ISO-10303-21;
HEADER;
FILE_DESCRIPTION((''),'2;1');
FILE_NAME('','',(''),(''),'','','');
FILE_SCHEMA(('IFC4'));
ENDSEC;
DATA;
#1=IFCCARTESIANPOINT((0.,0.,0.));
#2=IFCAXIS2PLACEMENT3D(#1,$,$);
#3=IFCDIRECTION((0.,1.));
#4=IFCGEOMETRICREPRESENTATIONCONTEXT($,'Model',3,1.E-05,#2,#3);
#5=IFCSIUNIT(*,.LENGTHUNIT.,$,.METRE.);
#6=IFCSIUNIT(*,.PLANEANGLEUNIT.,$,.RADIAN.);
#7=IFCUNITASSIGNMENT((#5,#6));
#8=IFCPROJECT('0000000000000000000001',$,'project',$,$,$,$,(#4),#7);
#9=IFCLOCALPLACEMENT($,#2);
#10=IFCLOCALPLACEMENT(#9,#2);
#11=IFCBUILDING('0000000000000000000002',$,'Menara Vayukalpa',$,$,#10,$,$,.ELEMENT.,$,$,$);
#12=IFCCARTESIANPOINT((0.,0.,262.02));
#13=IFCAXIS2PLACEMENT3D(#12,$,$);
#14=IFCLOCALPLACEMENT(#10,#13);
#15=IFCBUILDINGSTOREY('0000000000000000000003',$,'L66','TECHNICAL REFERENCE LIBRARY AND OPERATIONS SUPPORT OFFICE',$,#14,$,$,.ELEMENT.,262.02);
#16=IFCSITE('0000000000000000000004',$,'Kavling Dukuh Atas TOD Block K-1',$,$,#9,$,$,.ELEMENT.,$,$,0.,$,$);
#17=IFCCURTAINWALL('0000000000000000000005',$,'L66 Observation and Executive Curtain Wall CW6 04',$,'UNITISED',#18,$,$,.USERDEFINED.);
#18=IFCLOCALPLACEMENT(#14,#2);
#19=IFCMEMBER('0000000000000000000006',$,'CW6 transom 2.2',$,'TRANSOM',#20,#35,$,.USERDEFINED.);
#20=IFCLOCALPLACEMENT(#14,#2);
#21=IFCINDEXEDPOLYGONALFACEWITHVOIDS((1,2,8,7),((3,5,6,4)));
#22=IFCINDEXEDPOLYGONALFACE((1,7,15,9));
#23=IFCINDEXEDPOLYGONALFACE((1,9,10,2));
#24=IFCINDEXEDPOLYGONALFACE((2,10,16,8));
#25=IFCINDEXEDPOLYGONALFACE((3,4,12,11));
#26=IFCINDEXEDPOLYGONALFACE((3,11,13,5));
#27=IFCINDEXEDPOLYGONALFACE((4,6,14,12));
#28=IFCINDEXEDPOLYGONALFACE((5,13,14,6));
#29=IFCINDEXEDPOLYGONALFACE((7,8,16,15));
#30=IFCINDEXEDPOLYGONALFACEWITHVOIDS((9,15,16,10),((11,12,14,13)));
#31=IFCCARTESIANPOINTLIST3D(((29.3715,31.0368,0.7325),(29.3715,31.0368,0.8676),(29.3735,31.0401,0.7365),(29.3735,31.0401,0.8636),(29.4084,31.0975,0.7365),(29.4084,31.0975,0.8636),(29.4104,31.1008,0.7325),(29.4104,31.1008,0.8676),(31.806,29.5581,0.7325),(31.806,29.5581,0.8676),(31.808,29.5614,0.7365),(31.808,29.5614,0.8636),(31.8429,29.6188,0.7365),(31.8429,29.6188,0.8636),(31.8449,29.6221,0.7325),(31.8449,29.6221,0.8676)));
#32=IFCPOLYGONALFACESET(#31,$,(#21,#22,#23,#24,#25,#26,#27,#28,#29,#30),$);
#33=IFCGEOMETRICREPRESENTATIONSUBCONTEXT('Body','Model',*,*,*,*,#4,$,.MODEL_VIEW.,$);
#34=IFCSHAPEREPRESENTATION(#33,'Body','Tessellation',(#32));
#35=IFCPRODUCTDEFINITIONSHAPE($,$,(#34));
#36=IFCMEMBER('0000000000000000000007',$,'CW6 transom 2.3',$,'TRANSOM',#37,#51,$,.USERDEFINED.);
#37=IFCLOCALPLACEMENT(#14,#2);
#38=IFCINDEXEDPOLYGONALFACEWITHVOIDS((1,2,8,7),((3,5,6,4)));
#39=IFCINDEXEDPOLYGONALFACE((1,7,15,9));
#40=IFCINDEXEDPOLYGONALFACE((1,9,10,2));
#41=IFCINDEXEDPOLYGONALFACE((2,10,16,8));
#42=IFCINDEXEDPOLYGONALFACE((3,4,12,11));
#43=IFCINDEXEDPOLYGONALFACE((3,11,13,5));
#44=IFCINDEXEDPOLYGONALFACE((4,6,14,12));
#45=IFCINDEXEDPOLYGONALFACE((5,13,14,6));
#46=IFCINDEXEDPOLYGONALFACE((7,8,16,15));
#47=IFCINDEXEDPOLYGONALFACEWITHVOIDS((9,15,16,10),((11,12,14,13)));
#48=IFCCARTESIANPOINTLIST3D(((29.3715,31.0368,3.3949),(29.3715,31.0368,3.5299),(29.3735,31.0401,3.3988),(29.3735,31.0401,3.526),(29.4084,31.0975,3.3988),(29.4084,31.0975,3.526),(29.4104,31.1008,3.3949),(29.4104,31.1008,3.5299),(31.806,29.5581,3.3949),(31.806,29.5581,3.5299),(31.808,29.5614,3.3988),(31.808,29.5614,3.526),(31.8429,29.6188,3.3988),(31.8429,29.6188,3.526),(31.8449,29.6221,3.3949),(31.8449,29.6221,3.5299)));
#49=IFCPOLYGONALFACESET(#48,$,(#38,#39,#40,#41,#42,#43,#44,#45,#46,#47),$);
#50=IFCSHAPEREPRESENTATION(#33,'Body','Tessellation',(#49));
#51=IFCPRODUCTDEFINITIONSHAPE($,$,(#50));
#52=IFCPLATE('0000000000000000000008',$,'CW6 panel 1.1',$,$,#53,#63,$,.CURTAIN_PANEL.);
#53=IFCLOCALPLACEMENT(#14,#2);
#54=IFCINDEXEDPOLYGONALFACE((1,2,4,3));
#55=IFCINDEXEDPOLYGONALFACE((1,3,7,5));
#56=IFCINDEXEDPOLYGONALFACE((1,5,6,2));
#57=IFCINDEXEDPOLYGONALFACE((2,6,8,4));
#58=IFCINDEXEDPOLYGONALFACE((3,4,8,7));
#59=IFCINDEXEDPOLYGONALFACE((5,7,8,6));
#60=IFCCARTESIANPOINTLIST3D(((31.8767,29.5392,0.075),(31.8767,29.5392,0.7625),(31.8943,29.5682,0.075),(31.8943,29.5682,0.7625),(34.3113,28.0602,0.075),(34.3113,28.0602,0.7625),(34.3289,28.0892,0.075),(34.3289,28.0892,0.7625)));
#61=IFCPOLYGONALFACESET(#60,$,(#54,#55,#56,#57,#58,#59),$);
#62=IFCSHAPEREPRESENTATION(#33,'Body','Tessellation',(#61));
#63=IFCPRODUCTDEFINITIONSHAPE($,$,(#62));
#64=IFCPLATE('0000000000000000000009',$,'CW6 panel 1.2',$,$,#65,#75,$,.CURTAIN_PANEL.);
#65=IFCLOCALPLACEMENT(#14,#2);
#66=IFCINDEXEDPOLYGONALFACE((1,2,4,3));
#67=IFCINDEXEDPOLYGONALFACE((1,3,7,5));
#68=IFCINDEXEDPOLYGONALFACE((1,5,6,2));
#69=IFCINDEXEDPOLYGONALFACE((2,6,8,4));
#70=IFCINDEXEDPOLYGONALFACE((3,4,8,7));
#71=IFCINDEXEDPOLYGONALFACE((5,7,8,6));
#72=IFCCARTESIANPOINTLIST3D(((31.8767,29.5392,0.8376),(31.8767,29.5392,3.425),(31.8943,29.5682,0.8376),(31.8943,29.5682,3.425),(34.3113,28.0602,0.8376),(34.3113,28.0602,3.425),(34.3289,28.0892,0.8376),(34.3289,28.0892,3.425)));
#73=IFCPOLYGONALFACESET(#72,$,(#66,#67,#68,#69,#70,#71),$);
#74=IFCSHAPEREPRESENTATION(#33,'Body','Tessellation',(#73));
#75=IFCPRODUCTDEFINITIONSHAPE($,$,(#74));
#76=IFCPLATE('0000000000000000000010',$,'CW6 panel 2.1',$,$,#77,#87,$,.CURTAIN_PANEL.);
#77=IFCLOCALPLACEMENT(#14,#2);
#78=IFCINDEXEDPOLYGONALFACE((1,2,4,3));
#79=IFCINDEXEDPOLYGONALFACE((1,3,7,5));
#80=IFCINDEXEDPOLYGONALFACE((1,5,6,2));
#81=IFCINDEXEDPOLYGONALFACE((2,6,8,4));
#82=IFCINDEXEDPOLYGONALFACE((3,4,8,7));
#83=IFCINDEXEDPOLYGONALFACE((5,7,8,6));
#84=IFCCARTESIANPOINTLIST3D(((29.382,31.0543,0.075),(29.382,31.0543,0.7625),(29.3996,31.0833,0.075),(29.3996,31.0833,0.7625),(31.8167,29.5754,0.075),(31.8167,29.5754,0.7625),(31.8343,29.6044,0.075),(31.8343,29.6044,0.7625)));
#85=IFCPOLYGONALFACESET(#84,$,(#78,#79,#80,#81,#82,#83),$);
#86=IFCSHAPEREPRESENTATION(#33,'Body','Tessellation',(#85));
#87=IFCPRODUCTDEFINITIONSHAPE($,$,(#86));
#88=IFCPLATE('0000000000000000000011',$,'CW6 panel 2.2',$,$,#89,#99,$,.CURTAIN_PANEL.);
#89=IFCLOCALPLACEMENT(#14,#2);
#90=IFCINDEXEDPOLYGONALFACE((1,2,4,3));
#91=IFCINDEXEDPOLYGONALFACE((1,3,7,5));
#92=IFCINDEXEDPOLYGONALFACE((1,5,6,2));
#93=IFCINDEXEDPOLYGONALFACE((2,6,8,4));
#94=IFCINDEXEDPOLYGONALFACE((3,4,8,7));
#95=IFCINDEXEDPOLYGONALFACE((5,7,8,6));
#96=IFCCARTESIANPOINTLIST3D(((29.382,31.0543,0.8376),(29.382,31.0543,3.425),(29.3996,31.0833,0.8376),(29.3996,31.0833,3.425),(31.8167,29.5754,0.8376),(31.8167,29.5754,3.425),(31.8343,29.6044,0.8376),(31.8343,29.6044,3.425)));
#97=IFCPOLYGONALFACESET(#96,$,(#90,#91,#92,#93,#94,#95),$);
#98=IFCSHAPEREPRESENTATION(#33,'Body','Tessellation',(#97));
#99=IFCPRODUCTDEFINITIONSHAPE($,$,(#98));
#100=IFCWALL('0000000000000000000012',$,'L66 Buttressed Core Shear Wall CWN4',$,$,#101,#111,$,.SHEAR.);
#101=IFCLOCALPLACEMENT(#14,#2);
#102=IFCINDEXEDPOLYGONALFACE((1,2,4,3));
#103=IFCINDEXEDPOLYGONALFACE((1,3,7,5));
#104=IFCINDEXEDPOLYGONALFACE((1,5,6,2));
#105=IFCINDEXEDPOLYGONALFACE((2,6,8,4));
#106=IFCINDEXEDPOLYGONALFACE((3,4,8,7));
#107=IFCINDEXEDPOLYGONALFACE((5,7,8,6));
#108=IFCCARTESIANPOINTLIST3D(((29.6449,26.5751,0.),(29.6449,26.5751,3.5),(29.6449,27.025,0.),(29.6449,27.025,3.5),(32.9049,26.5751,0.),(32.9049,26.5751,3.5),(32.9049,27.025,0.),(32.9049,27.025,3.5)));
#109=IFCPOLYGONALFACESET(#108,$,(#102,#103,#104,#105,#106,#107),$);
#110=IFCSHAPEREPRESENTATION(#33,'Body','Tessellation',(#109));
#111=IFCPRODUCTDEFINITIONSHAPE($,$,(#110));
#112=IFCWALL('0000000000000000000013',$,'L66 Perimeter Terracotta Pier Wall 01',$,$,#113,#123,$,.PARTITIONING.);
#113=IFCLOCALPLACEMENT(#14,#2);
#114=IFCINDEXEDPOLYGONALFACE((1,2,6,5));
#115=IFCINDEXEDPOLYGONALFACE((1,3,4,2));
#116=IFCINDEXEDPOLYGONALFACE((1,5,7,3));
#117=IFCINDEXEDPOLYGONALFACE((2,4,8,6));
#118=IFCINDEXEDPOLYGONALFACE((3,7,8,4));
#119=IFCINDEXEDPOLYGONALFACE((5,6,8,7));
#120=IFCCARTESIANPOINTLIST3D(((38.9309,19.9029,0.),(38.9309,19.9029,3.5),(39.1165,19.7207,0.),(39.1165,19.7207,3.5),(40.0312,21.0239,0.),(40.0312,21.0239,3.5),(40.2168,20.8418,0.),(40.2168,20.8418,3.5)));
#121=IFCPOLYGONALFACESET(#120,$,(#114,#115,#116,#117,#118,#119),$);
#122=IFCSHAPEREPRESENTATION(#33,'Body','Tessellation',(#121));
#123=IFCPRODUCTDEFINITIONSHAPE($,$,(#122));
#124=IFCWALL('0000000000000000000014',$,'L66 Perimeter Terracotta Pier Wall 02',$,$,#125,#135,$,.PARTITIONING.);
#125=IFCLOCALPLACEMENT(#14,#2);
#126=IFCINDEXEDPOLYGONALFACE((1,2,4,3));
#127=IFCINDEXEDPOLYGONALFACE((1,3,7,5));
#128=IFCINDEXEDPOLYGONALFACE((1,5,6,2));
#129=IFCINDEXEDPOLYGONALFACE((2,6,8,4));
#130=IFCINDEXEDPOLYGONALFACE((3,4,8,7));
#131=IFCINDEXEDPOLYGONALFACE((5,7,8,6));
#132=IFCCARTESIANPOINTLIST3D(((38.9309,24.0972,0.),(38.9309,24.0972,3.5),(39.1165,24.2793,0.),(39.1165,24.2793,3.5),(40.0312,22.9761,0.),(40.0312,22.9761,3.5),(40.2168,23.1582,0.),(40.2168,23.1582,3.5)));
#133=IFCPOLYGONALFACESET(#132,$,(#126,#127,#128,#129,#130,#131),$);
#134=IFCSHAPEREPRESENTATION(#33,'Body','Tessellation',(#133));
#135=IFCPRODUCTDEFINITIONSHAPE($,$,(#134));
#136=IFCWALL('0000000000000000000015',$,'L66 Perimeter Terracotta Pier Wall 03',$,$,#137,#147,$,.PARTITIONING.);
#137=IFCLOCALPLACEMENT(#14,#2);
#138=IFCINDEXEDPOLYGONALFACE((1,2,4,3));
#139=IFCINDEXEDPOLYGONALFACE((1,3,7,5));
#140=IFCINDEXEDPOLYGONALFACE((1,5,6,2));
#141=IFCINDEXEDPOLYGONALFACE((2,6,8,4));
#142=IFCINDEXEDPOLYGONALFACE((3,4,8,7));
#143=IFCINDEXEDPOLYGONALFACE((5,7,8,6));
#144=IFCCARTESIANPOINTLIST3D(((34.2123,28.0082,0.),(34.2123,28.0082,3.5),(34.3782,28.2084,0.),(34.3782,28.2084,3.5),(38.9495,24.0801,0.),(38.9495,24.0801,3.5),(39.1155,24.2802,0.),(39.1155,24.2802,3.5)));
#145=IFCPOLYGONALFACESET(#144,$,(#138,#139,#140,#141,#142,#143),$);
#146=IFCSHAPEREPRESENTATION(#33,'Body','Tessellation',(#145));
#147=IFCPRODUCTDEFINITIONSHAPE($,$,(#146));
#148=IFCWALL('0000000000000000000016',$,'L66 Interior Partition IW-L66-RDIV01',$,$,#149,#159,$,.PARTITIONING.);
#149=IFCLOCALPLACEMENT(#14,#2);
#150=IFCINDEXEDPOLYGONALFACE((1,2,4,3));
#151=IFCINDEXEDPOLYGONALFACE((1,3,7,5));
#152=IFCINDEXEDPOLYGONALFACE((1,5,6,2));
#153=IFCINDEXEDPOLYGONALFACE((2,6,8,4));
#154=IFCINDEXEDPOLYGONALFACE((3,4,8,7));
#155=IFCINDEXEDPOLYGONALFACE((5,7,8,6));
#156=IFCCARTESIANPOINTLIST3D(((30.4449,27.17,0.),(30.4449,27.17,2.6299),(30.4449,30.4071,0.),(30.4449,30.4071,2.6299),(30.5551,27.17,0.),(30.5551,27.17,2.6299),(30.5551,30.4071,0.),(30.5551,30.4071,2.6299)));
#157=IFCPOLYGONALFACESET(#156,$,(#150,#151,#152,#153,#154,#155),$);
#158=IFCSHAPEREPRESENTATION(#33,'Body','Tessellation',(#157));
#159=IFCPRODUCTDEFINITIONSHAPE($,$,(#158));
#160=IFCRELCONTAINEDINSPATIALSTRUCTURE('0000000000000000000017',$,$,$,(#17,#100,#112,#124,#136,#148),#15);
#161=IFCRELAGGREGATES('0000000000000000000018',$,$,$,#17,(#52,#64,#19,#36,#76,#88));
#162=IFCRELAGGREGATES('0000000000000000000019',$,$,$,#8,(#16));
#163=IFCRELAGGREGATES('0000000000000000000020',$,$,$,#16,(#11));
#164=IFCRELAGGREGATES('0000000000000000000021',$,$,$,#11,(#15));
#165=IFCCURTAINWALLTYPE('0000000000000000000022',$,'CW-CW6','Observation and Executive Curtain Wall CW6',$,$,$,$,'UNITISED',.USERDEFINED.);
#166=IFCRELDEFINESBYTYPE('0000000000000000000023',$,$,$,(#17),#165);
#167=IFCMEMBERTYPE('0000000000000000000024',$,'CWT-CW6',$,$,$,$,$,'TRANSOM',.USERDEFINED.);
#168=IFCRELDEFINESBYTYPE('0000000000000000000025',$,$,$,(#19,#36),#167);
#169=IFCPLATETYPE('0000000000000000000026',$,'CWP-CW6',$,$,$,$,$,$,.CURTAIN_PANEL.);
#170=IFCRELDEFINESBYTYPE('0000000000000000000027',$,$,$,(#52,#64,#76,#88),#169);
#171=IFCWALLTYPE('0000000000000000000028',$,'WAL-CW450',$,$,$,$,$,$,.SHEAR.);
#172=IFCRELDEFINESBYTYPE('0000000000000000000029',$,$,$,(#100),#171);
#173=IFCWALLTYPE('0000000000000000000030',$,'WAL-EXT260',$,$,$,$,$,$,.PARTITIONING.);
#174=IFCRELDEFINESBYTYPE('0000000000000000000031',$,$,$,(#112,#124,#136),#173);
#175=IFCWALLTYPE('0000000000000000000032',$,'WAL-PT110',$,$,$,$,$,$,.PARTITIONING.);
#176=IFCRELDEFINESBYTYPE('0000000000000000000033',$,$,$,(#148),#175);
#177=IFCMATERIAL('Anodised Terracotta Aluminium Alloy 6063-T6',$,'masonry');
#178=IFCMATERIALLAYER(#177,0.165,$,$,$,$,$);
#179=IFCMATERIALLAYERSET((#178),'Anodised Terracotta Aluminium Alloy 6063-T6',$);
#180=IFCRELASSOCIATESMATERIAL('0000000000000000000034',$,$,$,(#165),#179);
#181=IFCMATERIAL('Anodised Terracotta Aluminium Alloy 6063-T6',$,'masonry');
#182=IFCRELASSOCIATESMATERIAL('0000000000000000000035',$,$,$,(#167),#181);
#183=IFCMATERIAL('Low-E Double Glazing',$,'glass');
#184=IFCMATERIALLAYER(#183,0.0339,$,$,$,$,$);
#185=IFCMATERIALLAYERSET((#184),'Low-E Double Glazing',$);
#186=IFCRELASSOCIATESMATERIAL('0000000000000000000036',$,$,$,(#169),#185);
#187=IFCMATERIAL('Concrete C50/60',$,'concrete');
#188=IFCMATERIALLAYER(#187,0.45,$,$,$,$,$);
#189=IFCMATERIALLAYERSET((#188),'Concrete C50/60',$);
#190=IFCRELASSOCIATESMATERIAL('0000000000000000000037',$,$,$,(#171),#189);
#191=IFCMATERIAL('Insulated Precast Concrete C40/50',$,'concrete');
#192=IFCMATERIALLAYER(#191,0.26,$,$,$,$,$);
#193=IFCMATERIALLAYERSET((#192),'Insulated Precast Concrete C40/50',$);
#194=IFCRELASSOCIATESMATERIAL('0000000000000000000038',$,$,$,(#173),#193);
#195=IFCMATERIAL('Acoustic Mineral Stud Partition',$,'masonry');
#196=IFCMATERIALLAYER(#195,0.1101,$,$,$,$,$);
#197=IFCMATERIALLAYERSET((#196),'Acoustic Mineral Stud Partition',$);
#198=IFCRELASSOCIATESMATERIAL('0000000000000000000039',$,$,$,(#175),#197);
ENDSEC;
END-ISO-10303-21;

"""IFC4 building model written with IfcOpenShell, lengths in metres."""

from ifc_helpers import new_model, si_unit, direction, frame, frame_2d, origin, origin_2d, place, context, subcontext, project, spatial, rectangle, hollow_rectangle, extrude, material, layer, layer_set, material_profile, profile_set, type_object, element, aggregate, save


model = new_model("IFC4")

# Units and contexts
model_context = context("Model", 3, precision=1e-05, world=origin(), true_north=direction((0.0, 1.0)))
body_context = subcontext(model_context, "Body", "Model", "MODEL_VIEW")
ifc_project = project(units=[si_unit("LENGTHUNIT", "METRE"), si_unit("PLANEANGLEUNIT", "RADIAN")], contexts=[model_context])

# Site, building, storey
site_placement = place(None, origin())
site = spatial("IfcSite", under=ifc_project, at=site_placement, Name="Kavling Dukuh Atas TOD Block K-1", CompositionType="ELEMENT", RefElevation=0.0)
building_placement = place(site_placement, origin())
building = spatial("IfcBuilding", under=site, at=building_placement, Name="Menara Vayukalpa", CompositionType="ELEMENT")
storey_placement = place(building_placement, frame((0.0, 0.0, 262.02)))
storey = spatial("IfcBuildingStorey", under=building, at=storey_placement, Name="L66", Description="TECHNICAL REFERENCE LIBRARY AND OPERATIONS SUPPORT OFFICE", CompositionType="ELEMENT", Elevation=262.02)

# Curtain wall, members, plates
ifc_material_1 = material(Name="Anodised Terracotta Aluminium Alloy 6063-T6", Category="masonry")
ifc_layer_1 = layer(ifc_material_1, 0.165)
ifc_layer_set_1 = layer_set([ifc_layer_1], Name="Anodised Terracotta Aluminium Alloy 6063-T6")
curtain_wall_type = type_object("IfcCurtainWallType", Name="CW-CW6", Description="Observation and Executive Curtain Wall CW6", ElementType="UNITISED", PredefinedType="USERDEFINED", material=ifc_layer_set_1)
curtain_wall_placement = place(storey_placement, origin())
curtain_wall = element("IfcCurtainWall", 1, at=curtain_wall_placement, inside=storey, type_object=curtain_wall_type, Name="L66 Observation and Executive Curtain Wall CW6 04", ObjectType="UNITISED", PredefinedType="USERDEFINED")
ifc_material_2 = material(Name="Anodised Terracotta Aluminium Alloy 6063-T6", Category="masonry")
ifc_material_profile_1 = material_profile(ifc_material_2, hollow_rectangle(XDim=0.075, YDim=0.135, WallThickness=0.0039, at=origin_2d()), Name="ALU 75x135x4")
ifc_profile_set_1 = profile_set([ifc_material_profile_1], Name="Anodised Terracotta Aluminium Alloy 6063-T6")
member_type_1 = type_object("IfcMemberType", Name="CWT-CW6", ElementType="TRANSOM", PredefinedType="USERDEFINED", material=ifc_profile_set_1)
member_1_placement = place(storey_placement, frame((31.8254, 29.5901, 0.8), z_axis=(-0.85469, 0.519139, 0.0), x_axis=(-0.519139, -0.85469, 0.0)))
member_1 = element("IfcMember", 2, at=member_1_placement, type_object=member_type_1, Name="CW6 transom 2.2", ObjectType="TRANSOM", PredefinedType="USERDEFINED", context=body_context, shape_type="SweptSolid", body=[
    extrude(hollow_rectangle(XDim=0.075, YDim=0.135, WallThickness=0.0039, at=origin_2d()), origin(), (0.0, 0.0, 1.0), 2.8484),
])
member_2_placement = place(storey_placement, frame((31.8254, 29.5901, 3.4624), z_axis=(-0.85469, 0.519139, 0.0), x_axis=(-0.519139, -0.85469, 0.0)))
member_2 = element("IfcMember", 3, at=member_2_placement, type_object=member_type_1, Name="CW6 transom 2.3", ObjectType="TRANSOM", PredefinedType="USERDEFINED", context=body_context, shape_type="SweptSolid", body=[
    extrude(hollow_rectangle(XDim=0.075, YDim=0.135, WallThickness=0.0039, at=origin_2d()), origin(), (0.0, 0.0, 1.0), 2.8484),
])
ifc_material_3 = material(Name="Low-E Double Glazing", Category="glass")
ifc_layer_2 = layer(ifc_material_3, 0.0339)
ifc_layer_set_2 = layer_set([ifc_layer_2], Name="Low-E Double Glazing")
plate_type = type_object("IfcPlateType", Name="CWP-CW6", PredefinedType="CURTAIN_PANEL", material=ifc_layer_set_2)
plate_1_placement = place(storey_placement, frame((33.1028, 28.8142, 0.075), z_axis=(0.0, 0.0, 1.0), x_axis=(-0.854668, 0.519176, 0.0)))
plate_1 = element("IfcPlate", 4, at=plate_1_placement, type_object=plate_type, Name="CW6 panel 1.1", PredefinedType="CURTAIN_PANEL", context=body_context, shape_type="SweptSolid", body=[
    extrude(rectangle(XDim=2.8486, YDim=0.0339, at=origin_2d()), origin(), (0.0, 0.0, 1.0), 0.6875),
])
plate_2_placement = place(storey_placement, frame((33.1028, 28.8142, 0.8376), z_axis=(0.0, 0.0, 1.0), x_axis=(-0.854668, 0.519176, 0.0)))
plate_2 = element("IfcPlate", 5, at=plate_2_placement, type_object=plate_type, Name="CW6 panel 1.2", PredefinedType="CURTAIN_PANEL", context=body_context, shape_type="SweptSolid", body=[
    extrude(rectangle(XDim=2.8486, YDim=0.0339, at=origin_2d()), origin(), (0.0, 0.0, 1.0), 2.5874),
])
plate_3_placement = place(storey_placement, frame((30.6082, 30.3293, 0.075), z_axis=(0.0, 0.0, 1.0), x_axis=(-0.854668, 0.519176, 0.0)))
plate_3 = element("IfcPlate", 6, at=plate_3_placement, type_object=plate_type, Name="CW6 panel 2.1", PredefinedType="CURTAIN_PANEL", context=body_context, shape_type="SweptSolid", body=[
    extrude(rectangle(XDim=2.8486, YDim=0.0339, at=origin_2d()), origin(), (0.0, 0.0, 1.0), 0.6875),
])
plate_4_placement = place(storey_placement, frame((30.6082, 30.3293, 0.8376), z_axis=(0.0, 0.0, 1.0), x_axis=(-0.854668, 0.519176, 0.0)))
plate_4 = element("IfcPlate", 7, at=plate_4_placement, type_object=plate_type, Name="CW6 panel 2.2", PredefinedType="CURTAIN_PANEL", context=body_context, shape_type="SweptSolid", body=[
    extrude(rectangle(XDim=2.8486, YDim=0.0339, at=origin_2d()), origin(), (0.0, 0.0, 1.0), 2.5874),
])
aggregate(curtain_wall, [plate_1, plate_2, member_1, member_2, plate_3, plate_4])

# Walls
ifc_material_4 = material(Name="Concrete C50/60", Category="concrete")
ifc_layer_3 = layer(ifc_material_4, 0.45)
ifc_layer_set_3 = layer_set([ifc_layer_3], Name="Concrete C50/60")
wall_type_1 = type_object("IfcWallType", Name="WAL-CW450", PredefinedType="SHEAR", material=ifc_layer_set_3)
wall_1_placement = place(storey_placement, frame((29.645, 26.8, 0.0), z_axis=(0.0, 0.0, 1.0), x_axis=(1.0, 0.0, 0.0)))
element("IfcWall", 8, at=wall_1_placement, inside=storey, type_object=wall_type_1, Name="L66 Buttressed Core Shear Wall CWN4", PredefinedType="SHEAR", context=body_context, shape_type="SweptSolid", body=[
    extrude(rectangle(XDim=3.26, YDim=0.45, at=frame_2d((1.6299, 0.0))), origin(), (0.0, 0.0, 1.0), 3.5),
])
ifc_material_5 = material(Name="Insulated Precast Concrete C40/50", Category="concrete")
ifc_layer_4 = layer(ifc_material_5, 0.26)
ifc_layer_set_4 = layer_set([ifc_layer_4], Name="Insulated Precast Concrete C40/50")
wall_type_2 = type_object("IfcWallType", Name="WAL-EXT260", PredefinedType="PARTITIONING", material=ifc_layer_set_4)
for number, where, z_axis, x_axis, name in (
    (9, (40.124, 20.9329, 0.0), (0.0, 0.0, 1.0), (-0.700471, -0.713681, 0.0), "L66 Perimeter Terracotta Pier Wall 01"),
    (10, (39.0237, 24.1882, 0.0), (0.0, 0.0, 1.0), (0.700471, -0.713681, 0.0), "L66 Perimeter Terracotta Pier Wall 02"),
):
    element("IfcWall", number, at=place(storey_placement, frame(where, z_axis=z_axis, x_axis=x_axis)), inside=storey, type_object=wall_type_2, Name=name, PredefinedType="PARTITIONING", context=body_context, shape_type="SweptSolid", body=[
        extrude(rectangle(XDim=1.5708, YDim=0.26, at=frame_2d((0.7854, 0.0))), origin(), (0.0, 0.0, 1.0), 3.5),
    ])
wall_2_placement = place(storey_placement, frame((34.2952, 28.1084, 0.0), z_axis=(0.0, 0.0, 1.0), x_axis=(0.76978, -0.638309, 0.0)))
element("IfcWall", 11, at=wall_2_placement, inside=storey, type_object=wall_type_2, Name="L66 Perimeter Terracotta Pier Wall 03", PredefinedType="PARTITIONING", context=body_context, shape_type="SweptSolid", body=[
    extrude(rectangle(XDim=6.1541, YDim=0.26, at=frame_2d((3.0771, 0.0))), origin(), (0.0, 0.0, 1.0), 3.5),
])
ifc_material_6 = material(Name="Acoustic Mineral Stud Partition", Category="masonry")
ifc_layer_5 = layer(ifc_material_6, 0.1101)
ifc_layer_set_5 = layer_set([ifc_layer_5], Name="Acoustic Mineral Stud Partition")
wall_type_3 = type_object("IfcWallType", Name="WAL-PT110", PredefinedType="PARTITIONING", material=ifc_layer_set_5)
wall_3_placement = place(storey_placement, frame((30.5, 27.1699, 0.0), z_axis=(0.0, 0.0, 1.0), x_axis=(0.0, 1.0, 0.0)))
element("IfcWall", 12, at=wall_3_placement, inside=storey, type_object=wall_type_3, Name="L66 Interior Partition IW-L66-RDIV01", PredefinedType="PARTITIONING", context=body_context, shape_type="SweptSolid", body=[
    extrude(rectangle(XDim=3.2371, YDim=0.1101, at=frame_2d((1.6187, 0.0))), origin(), (0.0, 0.0, 1.0), 2.6299),
])

save(model, "model.ifc")
